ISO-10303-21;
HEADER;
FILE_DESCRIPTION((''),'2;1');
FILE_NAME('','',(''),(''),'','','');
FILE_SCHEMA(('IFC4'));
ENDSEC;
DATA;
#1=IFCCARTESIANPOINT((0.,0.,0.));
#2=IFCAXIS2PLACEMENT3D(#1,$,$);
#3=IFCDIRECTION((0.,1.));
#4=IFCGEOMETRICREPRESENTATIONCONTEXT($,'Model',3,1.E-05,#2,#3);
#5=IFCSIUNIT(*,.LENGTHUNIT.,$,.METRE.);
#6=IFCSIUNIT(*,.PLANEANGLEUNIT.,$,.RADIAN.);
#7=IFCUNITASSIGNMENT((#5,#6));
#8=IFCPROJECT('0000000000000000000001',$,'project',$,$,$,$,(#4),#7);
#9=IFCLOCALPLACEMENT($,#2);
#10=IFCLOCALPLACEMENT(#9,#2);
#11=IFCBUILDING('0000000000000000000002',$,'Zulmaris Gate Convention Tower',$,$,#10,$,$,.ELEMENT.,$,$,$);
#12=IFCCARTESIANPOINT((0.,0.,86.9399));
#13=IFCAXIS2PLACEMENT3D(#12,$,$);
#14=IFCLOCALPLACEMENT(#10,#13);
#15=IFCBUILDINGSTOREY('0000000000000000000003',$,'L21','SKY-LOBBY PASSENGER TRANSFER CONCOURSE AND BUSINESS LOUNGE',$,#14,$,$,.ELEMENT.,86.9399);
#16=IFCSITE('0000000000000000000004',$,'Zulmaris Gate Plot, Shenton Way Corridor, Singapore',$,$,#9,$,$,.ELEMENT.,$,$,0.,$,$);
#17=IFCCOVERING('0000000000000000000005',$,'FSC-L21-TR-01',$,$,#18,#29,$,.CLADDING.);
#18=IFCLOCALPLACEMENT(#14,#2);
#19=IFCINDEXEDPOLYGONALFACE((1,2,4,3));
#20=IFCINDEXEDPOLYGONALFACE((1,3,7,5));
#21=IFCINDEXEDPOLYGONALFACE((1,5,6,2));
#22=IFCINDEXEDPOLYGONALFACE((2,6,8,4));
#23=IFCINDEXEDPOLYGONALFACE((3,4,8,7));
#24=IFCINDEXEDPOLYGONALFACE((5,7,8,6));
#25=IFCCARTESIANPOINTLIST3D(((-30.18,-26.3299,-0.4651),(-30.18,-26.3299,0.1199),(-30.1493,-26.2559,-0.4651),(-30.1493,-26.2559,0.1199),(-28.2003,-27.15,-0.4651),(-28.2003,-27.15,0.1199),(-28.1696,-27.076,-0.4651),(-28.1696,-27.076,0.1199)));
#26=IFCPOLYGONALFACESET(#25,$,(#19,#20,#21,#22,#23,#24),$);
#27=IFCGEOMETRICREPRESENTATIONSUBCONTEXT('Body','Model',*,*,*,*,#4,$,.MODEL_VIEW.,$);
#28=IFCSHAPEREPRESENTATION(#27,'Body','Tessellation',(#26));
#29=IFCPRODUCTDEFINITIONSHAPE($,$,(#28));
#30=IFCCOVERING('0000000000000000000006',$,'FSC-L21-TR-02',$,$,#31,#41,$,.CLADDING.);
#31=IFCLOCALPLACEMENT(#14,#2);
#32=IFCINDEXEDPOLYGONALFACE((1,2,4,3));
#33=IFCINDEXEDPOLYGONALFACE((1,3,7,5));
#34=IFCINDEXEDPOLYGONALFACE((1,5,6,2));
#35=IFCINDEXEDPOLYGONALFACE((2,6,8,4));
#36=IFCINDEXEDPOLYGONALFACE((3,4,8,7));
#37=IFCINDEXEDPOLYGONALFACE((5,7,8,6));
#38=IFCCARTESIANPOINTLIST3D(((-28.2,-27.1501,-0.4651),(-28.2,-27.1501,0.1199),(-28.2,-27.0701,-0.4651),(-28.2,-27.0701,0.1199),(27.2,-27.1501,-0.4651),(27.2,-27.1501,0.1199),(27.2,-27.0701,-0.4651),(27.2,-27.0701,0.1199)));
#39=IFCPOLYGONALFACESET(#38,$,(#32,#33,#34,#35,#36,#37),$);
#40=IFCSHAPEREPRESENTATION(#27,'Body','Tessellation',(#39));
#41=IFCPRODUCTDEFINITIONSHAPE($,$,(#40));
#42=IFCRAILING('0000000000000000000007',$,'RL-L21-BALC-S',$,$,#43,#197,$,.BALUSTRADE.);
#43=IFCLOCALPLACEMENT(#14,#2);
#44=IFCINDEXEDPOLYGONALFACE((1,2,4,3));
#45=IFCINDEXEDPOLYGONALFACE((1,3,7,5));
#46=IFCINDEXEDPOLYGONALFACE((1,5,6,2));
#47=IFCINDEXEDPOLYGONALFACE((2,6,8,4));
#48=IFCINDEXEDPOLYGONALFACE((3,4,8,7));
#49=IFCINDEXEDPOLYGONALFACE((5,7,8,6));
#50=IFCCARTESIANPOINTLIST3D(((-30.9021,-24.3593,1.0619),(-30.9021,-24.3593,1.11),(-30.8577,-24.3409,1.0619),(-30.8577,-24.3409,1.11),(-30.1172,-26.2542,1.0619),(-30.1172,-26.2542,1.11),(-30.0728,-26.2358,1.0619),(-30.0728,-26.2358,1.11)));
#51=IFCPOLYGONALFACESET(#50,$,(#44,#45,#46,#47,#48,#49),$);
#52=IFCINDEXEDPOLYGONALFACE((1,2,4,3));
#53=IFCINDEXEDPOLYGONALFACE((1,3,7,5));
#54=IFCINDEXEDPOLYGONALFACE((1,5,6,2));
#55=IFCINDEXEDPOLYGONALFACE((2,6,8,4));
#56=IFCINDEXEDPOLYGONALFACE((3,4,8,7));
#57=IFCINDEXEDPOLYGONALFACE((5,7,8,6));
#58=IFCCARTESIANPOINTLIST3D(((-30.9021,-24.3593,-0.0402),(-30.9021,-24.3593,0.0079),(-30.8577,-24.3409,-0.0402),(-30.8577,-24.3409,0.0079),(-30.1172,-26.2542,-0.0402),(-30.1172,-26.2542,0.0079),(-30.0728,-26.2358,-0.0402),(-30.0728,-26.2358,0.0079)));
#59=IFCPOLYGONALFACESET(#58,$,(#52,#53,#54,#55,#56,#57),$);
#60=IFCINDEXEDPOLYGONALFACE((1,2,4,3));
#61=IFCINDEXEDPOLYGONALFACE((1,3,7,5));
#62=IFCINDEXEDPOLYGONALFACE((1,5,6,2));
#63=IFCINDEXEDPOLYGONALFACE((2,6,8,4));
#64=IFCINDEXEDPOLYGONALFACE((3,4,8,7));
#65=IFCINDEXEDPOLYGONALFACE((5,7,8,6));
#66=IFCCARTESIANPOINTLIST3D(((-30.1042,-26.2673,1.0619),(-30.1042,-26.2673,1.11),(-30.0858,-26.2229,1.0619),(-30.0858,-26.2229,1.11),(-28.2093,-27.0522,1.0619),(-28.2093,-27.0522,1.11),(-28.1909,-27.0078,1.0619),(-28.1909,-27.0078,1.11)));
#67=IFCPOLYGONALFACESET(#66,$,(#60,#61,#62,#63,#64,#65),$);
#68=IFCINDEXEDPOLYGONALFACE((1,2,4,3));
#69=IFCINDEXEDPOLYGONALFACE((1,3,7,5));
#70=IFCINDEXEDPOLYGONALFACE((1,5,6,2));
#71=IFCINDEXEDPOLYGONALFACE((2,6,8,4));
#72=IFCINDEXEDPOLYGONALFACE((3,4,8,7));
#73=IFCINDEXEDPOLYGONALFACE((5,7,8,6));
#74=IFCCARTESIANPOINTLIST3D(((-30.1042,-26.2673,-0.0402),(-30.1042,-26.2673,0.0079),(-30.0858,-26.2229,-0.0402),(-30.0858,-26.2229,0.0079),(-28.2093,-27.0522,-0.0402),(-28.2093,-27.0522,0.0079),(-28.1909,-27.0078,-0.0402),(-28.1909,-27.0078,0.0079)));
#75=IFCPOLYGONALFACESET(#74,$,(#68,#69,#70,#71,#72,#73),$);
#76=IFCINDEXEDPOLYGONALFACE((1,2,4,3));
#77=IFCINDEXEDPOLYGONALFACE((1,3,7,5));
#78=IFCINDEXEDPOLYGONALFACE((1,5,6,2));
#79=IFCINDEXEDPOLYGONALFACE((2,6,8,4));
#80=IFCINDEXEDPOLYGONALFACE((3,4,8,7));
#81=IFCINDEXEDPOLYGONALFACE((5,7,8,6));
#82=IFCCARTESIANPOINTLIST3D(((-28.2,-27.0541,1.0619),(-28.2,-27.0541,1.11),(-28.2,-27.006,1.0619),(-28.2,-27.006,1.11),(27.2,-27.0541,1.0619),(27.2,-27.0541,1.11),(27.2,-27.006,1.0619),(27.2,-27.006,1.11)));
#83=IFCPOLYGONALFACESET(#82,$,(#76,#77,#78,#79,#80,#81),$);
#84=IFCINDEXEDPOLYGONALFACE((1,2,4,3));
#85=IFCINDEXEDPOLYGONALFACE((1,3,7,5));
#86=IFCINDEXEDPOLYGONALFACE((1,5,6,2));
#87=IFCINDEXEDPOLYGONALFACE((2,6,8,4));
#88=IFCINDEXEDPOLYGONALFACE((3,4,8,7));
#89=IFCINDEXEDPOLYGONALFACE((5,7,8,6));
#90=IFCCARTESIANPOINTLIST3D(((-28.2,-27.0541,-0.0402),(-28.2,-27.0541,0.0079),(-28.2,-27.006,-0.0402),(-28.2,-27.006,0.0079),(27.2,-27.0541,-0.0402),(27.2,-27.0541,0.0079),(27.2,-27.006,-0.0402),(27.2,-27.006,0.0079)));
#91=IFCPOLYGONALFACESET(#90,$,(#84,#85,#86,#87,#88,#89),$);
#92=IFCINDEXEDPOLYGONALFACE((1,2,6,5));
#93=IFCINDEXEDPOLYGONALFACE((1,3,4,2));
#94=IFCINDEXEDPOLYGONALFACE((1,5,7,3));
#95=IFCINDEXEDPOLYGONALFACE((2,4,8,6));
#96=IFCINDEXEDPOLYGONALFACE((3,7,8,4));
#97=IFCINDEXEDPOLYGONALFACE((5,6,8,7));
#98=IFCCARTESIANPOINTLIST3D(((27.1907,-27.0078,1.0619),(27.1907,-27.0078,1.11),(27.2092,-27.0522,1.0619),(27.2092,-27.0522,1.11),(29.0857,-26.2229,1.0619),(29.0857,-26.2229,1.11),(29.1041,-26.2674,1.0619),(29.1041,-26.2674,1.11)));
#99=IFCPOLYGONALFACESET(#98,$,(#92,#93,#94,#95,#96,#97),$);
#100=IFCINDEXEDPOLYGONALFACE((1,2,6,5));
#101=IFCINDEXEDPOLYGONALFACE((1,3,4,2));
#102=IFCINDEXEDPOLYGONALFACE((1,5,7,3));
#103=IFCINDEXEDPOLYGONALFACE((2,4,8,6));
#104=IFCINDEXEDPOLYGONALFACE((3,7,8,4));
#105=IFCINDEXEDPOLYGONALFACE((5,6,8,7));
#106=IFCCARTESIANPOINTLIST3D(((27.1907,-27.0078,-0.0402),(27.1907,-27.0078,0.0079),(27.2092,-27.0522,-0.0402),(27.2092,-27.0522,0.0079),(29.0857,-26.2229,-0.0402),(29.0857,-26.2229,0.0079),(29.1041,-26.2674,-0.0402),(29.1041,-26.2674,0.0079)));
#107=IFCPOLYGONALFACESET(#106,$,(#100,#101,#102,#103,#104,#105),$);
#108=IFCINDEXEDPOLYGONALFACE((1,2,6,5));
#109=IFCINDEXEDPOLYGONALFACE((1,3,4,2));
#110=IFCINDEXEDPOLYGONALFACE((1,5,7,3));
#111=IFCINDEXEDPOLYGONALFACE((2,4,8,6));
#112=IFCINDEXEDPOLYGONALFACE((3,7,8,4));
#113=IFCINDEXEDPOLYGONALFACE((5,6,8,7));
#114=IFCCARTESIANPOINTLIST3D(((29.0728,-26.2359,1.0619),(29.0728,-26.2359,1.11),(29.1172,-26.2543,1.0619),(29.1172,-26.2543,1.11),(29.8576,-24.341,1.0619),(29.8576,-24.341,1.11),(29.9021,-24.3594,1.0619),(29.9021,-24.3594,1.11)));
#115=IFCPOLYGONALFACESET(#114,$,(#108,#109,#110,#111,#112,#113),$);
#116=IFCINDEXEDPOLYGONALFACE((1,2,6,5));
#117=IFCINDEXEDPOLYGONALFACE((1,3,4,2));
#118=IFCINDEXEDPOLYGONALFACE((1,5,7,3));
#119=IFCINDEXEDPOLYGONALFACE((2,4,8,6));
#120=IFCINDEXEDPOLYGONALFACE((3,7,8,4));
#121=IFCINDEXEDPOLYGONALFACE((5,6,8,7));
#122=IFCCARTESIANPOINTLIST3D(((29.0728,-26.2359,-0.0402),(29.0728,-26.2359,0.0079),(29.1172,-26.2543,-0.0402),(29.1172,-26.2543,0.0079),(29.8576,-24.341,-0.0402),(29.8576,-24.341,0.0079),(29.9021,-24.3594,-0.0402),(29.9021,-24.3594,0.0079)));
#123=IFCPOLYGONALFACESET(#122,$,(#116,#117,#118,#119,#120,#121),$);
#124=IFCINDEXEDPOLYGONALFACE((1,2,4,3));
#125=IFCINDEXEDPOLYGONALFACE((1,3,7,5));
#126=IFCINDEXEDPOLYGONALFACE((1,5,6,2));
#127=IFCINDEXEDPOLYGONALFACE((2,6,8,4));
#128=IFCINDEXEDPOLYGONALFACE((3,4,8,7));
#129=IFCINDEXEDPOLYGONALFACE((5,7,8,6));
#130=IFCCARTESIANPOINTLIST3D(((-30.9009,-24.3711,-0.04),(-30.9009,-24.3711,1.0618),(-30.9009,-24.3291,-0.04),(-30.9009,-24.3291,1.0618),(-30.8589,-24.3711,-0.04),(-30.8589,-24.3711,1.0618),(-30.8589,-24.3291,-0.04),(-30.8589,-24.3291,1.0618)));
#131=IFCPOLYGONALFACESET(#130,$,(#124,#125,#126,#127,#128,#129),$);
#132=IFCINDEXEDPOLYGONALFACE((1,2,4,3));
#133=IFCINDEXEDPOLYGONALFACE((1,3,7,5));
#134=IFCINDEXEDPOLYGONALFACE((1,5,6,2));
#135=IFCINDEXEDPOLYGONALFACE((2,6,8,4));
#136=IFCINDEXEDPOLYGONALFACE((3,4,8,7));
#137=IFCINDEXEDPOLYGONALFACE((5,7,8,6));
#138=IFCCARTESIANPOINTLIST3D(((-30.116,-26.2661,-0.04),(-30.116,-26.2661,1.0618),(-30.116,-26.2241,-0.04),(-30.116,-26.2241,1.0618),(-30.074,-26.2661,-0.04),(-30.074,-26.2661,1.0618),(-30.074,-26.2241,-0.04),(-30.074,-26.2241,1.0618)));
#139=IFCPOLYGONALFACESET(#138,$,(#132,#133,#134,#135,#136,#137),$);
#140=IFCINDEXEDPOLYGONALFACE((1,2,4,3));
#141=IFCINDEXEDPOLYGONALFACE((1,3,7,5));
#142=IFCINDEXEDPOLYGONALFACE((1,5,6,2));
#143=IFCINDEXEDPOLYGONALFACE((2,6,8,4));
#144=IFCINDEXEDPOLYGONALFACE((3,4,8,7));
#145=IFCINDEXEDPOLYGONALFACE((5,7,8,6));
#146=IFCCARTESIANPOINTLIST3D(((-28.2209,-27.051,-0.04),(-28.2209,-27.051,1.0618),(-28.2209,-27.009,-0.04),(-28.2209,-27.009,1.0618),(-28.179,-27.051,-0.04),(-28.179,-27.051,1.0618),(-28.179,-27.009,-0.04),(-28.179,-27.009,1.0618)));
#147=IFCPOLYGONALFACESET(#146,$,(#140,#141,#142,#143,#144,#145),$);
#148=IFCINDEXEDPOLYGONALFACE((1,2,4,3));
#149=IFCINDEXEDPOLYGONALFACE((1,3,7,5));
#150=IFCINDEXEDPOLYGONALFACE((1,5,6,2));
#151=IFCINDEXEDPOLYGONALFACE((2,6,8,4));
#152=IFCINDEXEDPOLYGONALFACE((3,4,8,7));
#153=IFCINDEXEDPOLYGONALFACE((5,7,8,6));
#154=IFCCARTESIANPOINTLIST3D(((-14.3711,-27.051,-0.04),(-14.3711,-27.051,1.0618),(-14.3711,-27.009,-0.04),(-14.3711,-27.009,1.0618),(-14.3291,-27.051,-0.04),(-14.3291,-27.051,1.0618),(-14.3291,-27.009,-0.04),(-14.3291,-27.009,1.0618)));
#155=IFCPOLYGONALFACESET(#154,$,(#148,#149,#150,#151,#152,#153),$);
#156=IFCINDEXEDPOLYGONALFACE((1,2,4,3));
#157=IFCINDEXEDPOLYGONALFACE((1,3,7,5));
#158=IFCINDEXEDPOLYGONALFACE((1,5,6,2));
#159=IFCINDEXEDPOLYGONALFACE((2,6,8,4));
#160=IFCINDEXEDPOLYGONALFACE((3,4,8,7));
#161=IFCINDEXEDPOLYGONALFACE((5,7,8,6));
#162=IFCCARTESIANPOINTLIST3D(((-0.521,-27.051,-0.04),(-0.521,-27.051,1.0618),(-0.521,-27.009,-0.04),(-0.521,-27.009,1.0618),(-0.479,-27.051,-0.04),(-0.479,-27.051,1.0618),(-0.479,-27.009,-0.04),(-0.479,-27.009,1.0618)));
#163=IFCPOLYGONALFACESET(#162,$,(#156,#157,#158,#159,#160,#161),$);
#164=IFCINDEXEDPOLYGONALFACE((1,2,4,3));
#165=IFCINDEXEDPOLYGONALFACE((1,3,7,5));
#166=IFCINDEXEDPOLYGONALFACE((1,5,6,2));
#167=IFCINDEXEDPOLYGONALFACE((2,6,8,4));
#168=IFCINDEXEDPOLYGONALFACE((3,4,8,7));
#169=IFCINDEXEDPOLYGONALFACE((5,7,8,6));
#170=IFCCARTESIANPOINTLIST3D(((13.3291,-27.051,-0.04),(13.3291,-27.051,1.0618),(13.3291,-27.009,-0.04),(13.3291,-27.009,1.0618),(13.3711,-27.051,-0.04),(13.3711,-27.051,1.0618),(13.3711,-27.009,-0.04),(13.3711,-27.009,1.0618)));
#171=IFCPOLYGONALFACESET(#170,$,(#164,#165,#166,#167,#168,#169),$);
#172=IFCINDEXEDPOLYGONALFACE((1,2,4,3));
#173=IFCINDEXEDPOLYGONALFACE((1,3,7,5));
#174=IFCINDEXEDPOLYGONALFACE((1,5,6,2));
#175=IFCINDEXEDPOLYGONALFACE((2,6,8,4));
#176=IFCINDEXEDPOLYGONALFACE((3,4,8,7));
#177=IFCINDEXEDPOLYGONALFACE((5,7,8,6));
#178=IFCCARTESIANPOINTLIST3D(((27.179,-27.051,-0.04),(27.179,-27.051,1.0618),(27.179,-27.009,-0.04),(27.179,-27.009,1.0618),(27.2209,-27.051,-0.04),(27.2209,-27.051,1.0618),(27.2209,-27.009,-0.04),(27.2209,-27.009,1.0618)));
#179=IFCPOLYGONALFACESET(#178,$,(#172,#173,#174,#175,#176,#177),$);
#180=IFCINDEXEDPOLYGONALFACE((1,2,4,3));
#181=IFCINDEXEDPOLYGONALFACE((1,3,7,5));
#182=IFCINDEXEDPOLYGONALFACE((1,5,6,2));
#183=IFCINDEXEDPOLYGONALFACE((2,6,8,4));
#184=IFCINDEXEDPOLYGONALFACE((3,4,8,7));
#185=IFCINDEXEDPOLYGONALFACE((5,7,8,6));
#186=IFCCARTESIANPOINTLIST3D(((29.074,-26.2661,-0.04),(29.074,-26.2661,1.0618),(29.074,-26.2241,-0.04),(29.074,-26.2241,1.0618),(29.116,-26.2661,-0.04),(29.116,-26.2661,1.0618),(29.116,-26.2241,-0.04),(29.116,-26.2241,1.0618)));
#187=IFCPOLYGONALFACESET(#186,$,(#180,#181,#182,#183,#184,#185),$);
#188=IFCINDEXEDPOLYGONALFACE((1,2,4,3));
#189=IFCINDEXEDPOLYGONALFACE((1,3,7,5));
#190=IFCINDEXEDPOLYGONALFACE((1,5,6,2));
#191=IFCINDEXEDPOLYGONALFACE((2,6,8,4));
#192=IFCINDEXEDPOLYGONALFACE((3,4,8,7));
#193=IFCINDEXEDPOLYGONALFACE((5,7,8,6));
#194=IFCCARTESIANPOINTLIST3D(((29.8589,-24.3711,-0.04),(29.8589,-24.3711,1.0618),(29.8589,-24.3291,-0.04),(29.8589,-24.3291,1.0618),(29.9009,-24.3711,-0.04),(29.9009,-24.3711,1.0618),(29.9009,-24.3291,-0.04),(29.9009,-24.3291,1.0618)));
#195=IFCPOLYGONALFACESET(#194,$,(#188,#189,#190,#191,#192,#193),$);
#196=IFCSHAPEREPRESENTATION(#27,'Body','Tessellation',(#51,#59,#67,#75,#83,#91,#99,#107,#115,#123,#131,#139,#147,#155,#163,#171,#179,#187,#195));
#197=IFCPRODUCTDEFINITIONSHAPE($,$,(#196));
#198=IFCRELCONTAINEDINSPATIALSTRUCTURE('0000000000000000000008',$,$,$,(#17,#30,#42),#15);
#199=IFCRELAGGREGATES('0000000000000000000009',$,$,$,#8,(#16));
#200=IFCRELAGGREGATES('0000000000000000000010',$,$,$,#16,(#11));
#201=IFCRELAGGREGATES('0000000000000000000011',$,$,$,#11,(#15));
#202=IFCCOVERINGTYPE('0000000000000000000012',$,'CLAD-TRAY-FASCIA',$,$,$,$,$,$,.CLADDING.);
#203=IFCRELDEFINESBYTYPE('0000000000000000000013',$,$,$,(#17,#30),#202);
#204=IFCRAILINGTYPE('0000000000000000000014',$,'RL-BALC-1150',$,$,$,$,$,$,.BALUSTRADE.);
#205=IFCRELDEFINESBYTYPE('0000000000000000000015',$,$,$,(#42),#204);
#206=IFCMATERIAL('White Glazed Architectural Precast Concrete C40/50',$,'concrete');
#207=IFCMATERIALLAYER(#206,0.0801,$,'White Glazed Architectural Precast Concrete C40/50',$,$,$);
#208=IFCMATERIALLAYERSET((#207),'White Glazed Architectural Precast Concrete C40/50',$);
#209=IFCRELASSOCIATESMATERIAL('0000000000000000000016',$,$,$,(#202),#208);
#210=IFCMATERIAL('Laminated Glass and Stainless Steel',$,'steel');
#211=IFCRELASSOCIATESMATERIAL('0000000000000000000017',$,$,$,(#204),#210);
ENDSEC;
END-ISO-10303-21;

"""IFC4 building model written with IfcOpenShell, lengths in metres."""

from ifc_helpers import new_model, si_unit, direction, frame, frame_2d, origin, origin_2d, place, context, subcontext, project, spatial, rectangle, extrude, material, layer, layer_set, type_object, element, save


model = new_model("IFC4")

# Units and contexts
model_context = context("Model", 3, precision=1e-05, world=origin(), true_north=direction((0.0, 1.0)))
body_context = subcontext(model_context, "Body", "Model", "MODEL_VIEW")
ifc_project = project(units=[si_unit("LENGTHUNIT", "METRE"), si_unit("PLANEANGLEUNIT", "RADIAN")], contexts=[model_context])

# Site, building, storey
site_placement = place(None, origin())
site = spatial("IfcSite", under=ifc_project, at=site_placement, Name="Zulmaris Gate Plot, Shenton Way Corridor, Singapore", CompositionType="ELEMENT", RefElevation=0.0)
building_placement = place(site_placement, origin())
building = spatial("IfcBuilding", under=site, at=building_placement, Name="Zulmaris Gate Convention Tower", CompositionType="ELEMENT")
storey_placement = place(building_placement, frame((0.0, 0.0, 86.9399)))
storey = spatial("IfcBuildingStorey", under=building, at=storey_placement, Name="L21", Description="SKY-LOBBY PASSENGER TRANSFER CONCOURSE AND BUSINESS LOUNGE", CompositionType="ELEMENT", Elevation=86.9399)

# Coverings
ifc_material_1 = material(Name="White Glazed Architectural Precast Concrete C40/50", Category="concrete")
ifc_layer_1 = layer(ifc_material_1, 0.0801, Name="White Glazed Architectural Precast Concrete C40/50")
ifc_layer_set_1 = layer_set([ifc_layer_1], Name="White Glazed Architectural Precast Concrete C40/50")
covering_type_1 = type_object("IfcCoveringType", Name="CLAD-TRAY-FASCIA", PredefinedType="CLADDING", material=ifc_layer_set_1)
covering_1_placement = place(storey_placement, frame((-30.1646, -26.293, -0.4651), z_axis=(0.0, 0.0, 1.0), x_axis=(0.923874, -0.382697, 0.0)))
element("IfcCovering", 1, at=covering_1_placement, inside=storey, type_object=covering_type_1, Name="FSC-L21-TR-01", PredefinedType="CLADDING", context=body_context, shape_type="SweptSolid", body=[
    extrude(rectangle(XDim=2.1428, YDim=0.0801, at=frame_2d((1.0713, 0.0))), origin(), (0.0, 0.0, 1.0), 0.585),
])
covering_2_placement = place(storey_placement, frame((-28.2, -27.1101, -0.4651), z_axis=(0.0, 0.0, 1.0), x_axis=(1.0, 0.0, 0.0)))
element("IfcCovering", 2, at=covering_2_placement, inside=storey, type_object=covering_type_1, Name="FSC-L21-TR-02", PredefinedType="CLADDING", context=body_context, shape_type="SweptSolid", body=[
    extrude(rectangle(XDim=55.3999, YDim=0.0801, at=frame_2d((27.7, 0.0))), origin(), (0.0, 0.0, 1.0), 0.585),
])

# Railing
ifc_material_2 = material(Name="Laminated Glass and Stainless Steel", Category="steel")
railing_type = type_object("IfcRailingType", Name="RL-BALC-1150", PredefinedType="BALUSTRADE", material=ifc_material_2)
railing_placement = place(storey_placement, frame((-30.8799, -24.3501, -0.04)))
element("IfcRailing", 3, at=railing_placement, inside=storey, type_object=railing_type, Name="RL-L21-BALC-S", PredefinedType="BALUSTRADE", context=body_context, shape_type="SweptSolid", body=[
    extrude(rectangle(XDim=0.0481, YDim=0.0481, at=origin_2d()), frame((0.0, 0.0, 1.126), z_axis=(0.382671, -0.923885, 0.0), x_axis=(0.923885, 0.382671, 0.0)), (0.0, 0.0, 1.0), 2.051),
    extrude(rectangle(XDim=0.0481, YDim=0.0481, at=origin_2d()), frame((0.0, 0.0, 0.0239), z_axis=(0.382671, -0.923885, 0.0), x_axis=(0.923885, 0.382671, 0.0)), (0.0, 0.0, 1.0), 2.051),
    extrude(rectangle(XDim=0.0481, YDim=0.0481, at=origin_2d()), frame((0.7849, -1.895, 1.126), z_axis=(0.923885, -0.382671, 0.0), x_axis=(0.382671, 0.923885, 0.0)), (0.0, 0.0, 1.0), 2.051),
    extrude(rectangle(XDim=0.0481, YDim=0.0481, at=origin_2d()), frame((0.7849, -1.895, 0.0239), z_axis=(0.923885, -0.382671, 0.0), x_axis=(0.382671, 0.923885, 0.0)), (0.0, 0.0, 1.0), 2.051),
    extrude(rectangle(XDim=0.0481, YDim=0.0481, at=origin_2d()), frame((2.6799, -2.6799, 1.126), z_axis=(1.0, 0.0, 0.0), x_axis=(0.0, 1.0, 0.0)), (0.0, 0.0, 1.0), 55.3999),
    extrude(rectangle(XDim=0.0481, YDim=0.0481, at=origin_2d()), frame((2.6799, -2.6799, 0.0239), z_axis=(1.0, 0.0, 0.0), x_axis=(0.0, 1.0, 0.0)), (0.0, 0.0, 1.0), 55.3999),
    extrude(rectangle(XDim=0.0481, YDim=0.0481, at=origin_2d()), frame((58.0798, -2.6799, 1.126), z_axis=(0.923885, 0.382671, 0.0), x_axis=(-0.382671, 0.923885, 0.0)), (0.0, 0.0, 1.0), 2.051),
    extrude(rectangle(XDim=0.0481, YDim=0.0481, at=origin_2d()), frame((58.0798, -2.6799, 0.0239), z_axis=(0.923885, 0.382671, 0.0), x_axis=(-0.382671, 0.923885, 0.0)), (0.0, 0.0, 1.0), 2.051),
    extrude(rectangle(XDim=0.0481, YDim=0.0481, at=origin_2d()), frame((59.9749, -1.895, 1.126), z_axis=(0.382671, 0.923885, 0.0), x_axis=(-0.923885, 0.382671, 0.0)), (0.0, 0.0, 1.0), 2.051),
    extrude(rectangle(XDim=0.0481, YDim=0.0481, at=origin_2d()), frame((59.9749, -1.895, 0.0239), z_axis=(0.382671, 0.923885, 0.0), x_axis=(-0.923885, 0.382671, 0.0)), (0.0, 0.0, 1.0), 2.051),
    extrude(rectangle(XDim=0.042, YDim=0.042, at=origin_2d()), origin(), (0.0, 0.0, 1.0), 1.1018),
    extrude(rectangle(XDim=0.042, YDim=0.042, at=origin_2d()), frame((0.7849, -1.895, 0.0)), (0.0, 0.0, 1.0), 1.1018),
    extrude(rectangle(XDim=0.042, YDim=0.042, at=origin_2d()), frame((2.6799, -2.6799, 0.0)), (0.0, 0.0, 1.0), 1.1018),
    extrude(rectangle(XDim=0.042, YDim=0.042, at=origin_2d()), frame((16.5298, -2.6799, 0.0)), (0.0, 0.0, 1.0), 1.1018),
    extrude(rectangle(XDim=0.042, YDim=0.042, at=origin_2d()), frame((30.3799, -2.6799, 0.0)), (0.0, 0.0, 1.0), 1.1018),
    extrude(rectangle(XDim=0.042, YDim=0.042, at=origin_2d()), frame((44.23, -2.6799, 0.0)), (0.0, 0.0, 1.0), 1.1018),
    extrude(rectangle(XDim=0.042, YDim=0.042, at=origin_2d()), frame((58.0798, -2.6799, 0.0)), (0.0, 0.0, 1.0), 1.1018),
    extrude(rectangle(XDim=0.042, YDim=0.042, at=origin_2d()), frame((59.9749, -1.895, 0.0)), (0.0, 0.0, 1.0), 1.1018),
    extrude(rectangle(XDim=0.042, YDim=0.042, at=origin_2d()), frame((60.7598, 0.0, 0.0)), (0.0, 0.0, 1.0), 1.1018),
])

save(model, "model.ifc")
